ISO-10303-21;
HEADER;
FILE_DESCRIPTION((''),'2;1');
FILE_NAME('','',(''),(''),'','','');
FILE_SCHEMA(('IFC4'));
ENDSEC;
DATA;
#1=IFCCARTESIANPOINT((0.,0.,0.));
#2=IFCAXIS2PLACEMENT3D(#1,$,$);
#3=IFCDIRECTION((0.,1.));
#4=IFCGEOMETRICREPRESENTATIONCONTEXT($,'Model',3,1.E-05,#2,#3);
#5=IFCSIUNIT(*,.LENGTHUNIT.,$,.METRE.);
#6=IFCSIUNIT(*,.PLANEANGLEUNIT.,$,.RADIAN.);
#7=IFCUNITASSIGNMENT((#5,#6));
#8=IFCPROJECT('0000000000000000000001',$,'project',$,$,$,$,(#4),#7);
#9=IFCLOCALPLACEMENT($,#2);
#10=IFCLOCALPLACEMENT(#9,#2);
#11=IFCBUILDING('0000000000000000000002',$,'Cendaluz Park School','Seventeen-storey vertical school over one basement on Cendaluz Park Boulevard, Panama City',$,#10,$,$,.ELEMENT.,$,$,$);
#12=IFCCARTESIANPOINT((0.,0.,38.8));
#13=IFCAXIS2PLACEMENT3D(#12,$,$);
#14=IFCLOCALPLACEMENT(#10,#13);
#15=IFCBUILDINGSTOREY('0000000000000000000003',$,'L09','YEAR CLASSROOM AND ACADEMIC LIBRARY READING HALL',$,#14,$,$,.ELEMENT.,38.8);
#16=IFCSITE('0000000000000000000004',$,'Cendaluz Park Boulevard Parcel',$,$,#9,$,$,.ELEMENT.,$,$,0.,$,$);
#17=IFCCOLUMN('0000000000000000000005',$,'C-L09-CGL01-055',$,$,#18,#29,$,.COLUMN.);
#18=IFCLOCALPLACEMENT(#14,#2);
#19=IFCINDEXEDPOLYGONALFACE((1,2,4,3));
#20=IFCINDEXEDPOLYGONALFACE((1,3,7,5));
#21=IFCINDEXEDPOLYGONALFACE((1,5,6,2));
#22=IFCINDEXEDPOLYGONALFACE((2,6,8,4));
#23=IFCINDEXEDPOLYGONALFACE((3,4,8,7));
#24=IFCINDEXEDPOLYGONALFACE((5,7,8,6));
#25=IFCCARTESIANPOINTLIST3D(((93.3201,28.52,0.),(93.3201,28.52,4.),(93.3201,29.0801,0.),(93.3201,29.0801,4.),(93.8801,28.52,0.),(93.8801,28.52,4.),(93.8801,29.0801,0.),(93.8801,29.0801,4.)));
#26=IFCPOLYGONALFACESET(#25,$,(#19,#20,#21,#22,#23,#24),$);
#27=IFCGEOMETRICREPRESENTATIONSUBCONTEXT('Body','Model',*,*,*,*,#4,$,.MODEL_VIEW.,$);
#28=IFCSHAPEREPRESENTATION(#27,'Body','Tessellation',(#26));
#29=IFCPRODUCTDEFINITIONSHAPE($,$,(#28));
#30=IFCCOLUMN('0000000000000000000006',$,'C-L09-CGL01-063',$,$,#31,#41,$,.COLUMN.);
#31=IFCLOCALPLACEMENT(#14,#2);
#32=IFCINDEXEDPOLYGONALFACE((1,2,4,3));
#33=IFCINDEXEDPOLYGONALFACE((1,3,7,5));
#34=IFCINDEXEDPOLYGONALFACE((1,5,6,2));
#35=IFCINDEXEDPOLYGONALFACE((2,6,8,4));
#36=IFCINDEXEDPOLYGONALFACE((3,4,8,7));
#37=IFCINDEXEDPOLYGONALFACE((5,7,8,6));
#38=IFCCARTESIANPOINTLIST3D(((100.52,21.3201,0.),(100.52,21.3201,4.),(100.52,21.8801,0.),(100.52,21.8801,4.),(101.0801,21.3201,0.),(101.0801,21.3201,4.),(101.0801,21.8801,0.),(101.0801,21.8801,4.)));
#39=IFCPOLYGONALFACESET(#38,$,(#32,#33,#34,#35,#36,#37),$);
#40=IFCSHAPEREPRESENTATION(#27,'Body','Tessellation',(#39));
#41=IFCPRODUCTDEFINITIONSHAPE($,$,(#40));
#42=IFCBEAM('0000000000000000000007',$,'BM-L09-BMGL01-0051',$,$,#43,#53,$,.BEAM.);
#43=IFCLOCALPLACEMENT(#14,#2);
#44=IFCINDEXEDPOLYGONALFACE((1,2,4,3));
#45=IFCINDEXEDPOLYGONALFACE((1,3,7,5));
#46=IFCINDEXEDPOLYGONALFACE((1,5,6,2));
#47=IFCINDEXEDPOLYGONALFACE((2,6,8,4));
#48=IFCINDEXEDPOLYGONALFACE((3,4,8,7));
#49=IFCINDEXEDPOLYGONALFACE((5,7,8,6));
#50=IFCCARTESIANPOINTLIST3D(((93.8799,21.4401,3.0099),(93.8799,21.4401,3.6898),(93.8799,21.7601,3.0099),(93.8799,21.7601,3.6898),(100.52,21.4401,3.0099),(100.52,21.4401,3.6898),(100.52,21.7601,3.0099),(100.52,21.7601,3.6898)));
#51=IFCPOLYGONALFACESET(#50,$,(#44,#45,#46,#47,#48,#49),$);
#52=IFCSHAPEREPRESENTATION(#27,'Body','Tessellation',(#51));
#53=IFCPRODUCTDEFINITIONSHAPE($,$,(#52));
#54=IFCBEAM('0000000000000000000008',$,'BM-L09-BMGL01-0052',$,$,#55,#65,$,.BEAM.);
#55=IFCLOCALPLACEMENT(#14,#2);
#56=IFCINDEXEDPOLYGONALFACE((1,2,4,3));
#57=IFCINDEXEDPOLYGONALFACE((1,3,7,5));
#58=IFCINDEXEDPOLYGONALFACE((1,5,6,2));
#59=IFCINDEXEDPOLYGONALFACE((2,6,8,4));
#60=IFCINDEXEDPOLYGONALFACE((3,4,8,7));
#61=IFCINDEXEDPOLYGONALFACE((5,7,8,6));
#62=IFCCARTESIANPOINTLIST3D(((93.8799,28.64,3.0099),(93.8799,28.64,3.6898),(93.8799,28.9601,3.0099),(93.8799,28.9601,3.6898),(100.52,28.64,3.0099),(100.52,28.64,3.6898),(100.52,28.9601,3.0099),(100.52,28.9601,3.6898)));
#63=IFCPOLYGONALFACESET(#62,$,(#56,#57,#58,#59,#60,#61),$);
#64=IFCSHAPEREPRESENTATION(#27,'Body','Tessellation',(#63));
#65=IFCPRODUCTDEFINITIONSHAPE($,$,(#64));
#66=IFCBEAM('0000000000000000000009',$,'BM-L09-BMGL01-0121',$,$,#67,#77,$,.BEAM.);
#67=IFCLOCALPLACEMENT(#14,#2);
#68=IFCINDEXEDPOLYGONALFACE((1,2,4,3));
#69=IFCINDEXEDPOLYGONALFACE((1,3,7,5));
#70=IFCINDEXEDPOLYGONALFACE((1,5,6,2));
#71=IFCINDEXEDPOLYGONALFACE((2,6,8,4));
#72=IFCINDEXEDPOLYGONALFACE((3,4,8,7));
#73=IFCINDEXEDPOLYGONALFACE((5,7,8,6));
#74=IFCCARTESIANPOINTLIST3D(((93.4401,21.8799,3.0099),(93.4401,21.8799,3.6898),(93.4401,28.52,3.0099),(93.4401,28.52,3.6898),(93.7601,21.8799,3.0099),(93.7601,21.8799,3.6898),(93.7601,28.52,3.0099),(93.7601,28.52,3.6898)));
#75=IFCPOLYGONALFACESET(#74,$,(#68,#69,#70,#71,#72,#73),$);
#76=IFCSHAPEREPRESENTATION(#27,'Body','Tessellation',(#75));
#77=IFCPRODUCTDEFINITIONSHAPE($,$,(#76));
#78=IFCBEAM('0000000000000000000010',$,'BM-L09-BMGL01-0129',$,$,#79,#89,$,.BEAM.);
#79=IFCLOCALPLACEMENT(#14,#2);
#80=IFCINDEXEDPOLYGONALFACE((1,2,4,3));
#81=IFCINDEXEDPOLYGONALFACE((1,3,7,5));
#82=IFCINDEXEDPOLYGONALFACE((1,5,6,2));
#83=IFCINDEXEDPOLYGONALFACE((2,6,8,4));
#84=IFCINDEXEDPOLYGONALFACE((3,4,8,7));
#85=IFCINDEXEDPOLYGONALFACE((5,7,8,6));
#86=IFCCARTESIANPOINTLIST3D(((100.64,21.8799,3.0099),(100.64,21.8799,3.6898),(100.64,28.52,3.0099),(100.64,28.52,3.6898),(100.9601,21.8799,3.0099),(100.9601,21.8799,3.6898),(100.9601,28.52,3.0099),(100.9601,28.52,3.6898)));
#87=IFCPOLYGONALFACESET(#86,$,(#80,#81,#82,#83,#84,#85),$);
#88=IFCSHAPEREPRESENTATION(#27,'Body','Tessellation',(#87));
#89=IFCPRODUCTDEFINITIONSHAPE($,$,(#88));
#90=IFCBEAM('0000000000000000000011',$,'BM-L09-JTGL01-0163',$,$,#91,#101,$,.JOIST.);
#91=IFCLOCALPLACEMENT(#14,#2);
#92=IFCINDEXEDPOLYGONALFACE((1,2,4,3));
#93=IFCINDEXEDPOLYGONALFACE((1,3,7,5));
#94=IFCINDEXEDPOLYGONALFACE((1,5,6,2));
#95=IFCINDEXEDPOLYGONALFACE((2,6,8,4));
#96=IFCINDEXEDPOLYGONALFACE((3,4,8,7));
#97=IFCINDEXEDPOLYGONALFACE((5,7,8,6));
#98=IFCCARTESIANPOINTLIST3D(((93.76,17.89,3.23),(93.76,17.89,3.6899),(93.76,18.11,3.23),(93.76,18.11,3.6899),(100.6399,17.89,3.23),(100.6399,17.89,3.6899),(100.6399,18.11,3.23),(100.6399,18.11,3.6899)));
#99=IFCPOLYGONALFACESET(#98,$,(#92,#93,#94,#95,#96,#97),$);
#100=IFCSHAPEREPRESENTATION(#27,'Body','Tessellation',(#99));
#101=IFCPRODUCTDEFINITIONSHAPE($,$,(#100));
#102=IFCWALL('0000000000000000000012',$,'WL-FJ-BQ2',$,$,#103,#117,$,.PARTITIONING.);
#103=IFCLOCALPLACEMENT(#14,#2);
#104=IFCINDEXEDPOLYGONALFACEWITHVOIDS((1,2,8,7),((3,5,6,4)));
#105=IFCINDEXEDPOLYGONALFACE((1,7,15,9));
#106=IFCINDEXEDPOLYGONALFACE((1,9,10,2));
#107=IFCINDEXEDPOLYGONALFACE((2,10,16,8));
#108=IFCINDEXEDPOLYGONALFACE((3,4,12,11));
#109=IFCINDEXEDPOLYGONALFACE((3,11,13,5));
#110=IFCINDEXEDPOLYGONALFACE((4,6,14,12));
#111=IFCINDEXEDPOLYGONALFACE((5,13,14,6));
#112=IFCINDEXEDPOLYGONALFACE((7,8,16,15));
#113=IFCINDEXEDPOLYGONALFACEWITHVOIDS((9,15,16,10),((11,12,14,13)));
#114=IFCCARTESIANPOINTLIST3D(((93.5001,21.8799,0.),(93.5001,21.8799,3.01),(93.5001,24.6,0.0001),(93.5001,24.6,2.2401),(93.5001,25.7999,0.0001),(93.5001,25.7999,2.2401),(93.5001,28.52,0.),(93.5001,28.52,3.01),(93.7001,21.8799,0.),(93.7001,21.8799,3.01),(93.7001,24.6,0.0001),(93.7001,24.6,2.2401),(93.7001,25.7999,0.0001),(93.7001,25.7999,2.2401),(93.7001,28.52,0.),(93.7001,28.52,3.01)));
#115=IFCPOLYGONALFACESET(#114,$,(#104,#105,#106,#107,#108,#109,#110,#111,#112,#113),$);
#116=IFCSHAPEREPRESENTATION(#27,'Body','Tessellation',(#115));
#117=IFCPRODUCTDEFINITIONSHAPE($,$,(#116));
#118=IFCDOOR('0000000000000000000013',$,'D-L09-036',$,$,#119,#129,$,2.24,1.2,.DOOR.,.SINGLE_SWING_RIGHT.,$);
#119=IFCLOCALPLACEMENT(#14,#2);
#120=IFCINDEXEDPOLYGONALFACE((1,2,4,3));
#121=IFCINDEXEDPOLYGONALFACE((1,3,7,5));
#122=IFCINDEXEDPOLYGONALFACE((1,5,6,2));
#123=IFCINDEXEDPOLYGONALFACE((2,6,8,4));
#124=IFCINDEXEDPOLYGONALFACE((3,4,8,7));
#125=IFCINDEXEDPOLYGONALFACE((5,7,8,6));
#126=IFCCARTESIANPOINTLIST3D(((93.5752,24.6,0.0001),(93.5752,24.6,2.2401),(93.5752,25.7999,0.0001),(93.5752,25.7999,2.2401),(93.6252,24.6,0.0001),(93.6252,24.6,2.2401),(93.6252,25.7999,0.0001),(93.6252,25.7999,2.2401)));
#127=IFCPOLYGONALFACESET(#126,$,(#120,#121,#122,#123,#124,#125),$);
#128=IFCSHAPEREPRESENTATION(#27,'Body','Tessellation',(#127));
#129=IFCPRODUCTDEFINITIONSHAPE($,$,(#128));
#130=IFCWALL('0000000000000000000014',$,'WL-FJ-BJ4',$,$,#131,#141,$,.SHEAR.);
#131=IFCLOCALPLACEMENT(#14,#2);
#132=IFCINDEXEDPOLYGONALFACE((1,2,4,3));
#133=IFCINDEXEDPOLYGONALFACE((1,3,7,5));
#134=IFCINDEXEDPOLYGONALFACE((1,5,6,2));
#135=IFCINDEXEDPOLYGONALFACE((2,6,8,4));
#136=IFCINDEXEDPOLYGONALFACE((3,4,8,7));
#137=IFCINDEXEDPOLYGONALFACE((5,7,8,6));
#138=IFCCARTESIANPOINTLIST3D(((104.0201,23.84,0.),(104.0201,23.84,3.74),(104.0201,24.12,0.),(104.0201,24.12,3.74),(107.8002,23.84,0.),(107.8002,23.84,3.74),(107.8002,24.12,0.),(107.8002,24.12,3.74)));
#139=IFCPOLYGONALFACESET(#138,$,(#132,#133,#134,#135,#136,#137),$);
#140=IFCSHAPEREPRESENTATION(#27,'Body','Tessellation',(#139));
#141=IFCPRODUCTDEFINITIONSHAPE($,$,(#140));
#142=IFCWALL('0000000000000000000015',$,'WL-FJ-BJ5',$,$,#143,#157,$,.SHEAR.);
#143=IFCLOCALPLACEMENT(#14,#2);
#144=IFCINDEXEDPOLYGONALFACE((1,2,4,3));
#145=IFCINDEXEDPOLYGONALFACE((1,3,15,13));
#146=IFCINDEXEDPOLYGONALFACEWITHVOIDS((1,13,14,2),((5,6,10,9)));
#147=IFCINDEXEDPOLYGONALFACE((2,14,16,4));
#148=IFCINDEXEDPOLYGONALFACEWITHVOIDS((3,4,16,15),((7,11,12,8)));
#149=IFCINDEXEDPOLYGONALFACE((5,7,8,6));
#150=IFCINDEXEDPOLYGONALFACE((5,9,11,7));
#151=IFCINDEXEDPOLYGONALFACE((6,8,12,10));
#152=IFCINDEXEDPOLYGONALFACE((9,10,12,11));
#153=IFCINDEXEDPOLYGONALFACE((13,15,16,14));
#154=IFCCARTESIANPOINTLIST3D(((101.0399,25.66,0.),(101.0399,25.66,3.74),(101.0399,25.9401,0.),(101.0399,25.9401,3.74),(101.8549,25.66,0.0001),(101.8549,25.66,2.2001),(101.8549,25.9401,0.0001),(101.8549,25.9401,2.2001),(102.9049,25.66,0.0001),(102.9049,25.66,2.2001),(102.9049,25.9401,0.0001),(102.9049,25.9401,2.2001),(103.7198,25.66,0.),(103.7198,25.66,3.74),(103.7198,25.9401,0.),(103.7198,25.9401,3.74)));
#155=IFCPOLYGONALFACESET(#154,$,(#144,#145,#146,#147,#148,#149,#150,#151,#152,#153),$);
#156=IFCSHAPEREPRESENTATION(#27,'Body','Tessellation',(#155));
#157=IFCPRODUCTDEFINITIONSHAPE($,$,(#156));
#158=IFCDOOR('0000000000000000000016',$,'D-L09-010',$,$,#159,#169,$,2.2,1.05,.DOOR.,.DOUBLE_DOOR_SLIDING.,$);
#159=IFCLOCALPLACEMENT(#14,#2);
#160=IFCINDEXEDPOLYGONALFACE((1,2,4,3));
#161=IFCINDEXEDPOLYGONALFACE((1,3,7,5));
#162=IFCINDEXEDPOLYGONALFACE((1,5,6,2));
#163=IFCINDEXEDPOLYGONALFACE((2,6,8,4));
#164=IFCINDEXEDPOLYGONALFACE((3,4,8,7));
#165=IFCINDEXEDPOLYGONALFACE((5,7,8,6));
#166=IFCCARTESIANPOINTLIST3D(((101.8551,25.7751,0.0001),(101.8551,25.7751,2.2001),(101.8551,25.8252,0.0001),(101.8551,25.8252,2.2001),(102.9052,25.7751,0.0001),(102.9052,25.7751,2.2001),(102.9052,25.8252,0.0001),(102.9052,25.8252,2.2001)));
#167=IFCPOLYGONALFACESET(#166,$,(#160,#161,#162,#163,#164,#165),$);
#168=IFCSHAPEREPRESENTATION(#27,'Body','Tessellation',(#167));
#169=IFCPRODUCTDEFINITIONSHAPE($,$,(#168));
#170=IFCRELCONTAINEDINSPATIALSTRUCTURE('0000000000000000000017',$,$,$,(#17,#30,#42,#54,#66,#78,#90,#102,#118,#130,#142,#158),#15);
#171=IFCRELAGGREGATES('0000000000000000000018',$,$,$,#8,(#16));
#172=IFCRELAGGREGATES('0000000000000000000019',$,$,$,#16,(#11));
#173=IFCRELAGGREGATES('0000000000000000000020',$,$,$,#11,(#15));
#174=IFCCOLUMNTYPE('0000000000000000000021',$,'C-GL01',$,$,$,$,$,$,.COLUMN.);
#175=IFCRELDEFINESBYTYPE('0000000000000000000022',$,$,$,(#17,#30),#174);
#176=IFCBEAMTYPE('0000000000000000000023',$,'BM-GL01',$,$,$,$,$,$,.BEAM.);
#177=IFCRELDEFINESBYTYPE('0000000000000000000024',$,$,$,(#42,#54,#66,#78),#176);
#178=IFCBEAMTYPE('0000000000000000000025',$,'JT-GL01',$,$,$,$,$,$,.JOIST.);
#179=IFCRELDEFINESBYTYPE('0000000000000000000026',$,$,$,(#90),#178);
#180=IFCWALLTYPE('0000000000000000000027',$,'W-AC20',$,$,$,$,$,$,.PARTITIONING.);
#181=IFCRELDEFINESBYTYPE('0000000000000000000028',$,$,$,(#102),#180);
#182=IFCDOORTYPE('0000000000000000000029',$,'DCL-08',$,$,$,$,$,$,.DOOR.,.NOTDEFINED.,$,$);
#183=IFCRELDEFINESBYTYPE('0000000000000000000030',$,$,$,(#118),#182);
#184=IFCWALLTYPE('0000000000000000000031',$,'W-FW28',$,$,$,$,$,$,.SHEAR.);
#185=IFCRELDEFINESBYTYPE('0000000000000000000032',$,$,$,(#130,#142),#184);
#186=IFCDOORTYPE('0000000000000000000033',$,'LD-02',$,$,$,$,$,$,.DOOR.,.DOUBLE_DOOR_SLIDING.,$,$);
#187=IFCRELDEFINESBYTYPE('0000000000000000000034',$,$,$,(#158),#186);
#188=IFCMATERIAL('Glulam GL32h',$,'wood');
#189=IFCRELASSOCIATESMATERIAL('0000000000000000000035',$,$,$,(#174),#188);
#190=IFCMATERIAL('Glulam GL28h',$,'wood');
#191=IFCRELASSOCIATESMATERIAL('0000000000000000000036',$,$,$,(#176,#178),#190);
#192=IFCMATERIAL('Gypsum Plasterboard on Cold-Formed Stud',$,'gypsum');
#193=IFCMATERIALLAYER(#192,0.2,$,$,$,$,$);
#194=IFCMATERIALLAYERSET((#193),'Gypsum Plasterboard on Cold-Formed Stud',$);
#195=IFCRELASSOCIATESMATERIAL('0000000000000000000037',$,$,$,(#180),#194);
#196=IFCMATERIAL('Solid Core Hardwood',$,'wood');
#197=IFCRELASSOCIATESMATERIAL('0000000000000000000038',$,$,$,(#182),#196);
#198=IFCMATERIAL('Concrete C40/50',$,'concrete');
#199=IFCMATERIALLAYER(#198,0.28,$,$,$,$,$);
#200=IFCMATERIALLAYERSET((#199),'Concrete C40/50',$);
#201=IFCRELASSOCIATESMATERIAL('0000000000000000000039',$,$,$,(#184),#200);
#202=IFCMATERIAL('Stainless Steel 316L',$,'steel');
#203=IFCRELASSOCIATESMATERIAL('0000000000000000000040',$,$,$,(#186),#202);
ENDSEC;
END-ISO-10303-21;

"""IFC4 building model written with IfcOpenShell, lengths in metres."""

from ifc_helpers import new_model, si_unit, direction, frame, frame_2d, origin, origin_2d, place, context, subcontext, project, spatial, rectangle, extrude, material, layer, layer_set, material_profile, profile_set, type_object, element, fill, save


model = new_model("IFC4")

# Units and contexts
model_context = context("Model", 3, precision=1e-05, world=origin(), true_north=direction((0.0, 1.0)))
body_context = subcontext(model_context, "Body", "Model", "MODEL_VIEW")
ifc_project = project(units=[si_unit("LENGTHUNIT", "METRE"), si_unit("PLANEANGLEUNIT", "RADIAN")], contexts=[model_context])

# Site, building, storey
site_placement = place(None, origin())
site = spatial("IfcSite", under=ifc_project, at=site_placement, Name="Cendaluz Park Boulevard Parcel", CompositionType="ELEMENT", RefElevation=0.0)
building_placement = place(site_placement, origin())
building = spatial("IfcBuilding", under=site, at=building_placement, Name="Cendaluz Park School", Description="Seventeen-storey vertical school over one basement on Cendaluz Park Boulevard, Panama City", CompositionType="ELEMENT")
storey_placement = place(building_placement, frame((0.0, 0.0, 38.8)))
storey = spatial("IfcBuildingStorey", under=building, at=storey_placement, Name="L09", Description="YEAR CLASSROOM AND ACADEMIC LIBRARY READING HALL", CompositionType="ELEMENT", Elevation=38.8)

# Columns
ifc_material_1 = material(Name="Glulam GL32h", Category="wood")
ifc_material_profile_1 = material_profile(ifc_material_1, rectangle(XDim=0.5601, YDim=0.5601, at=origin_2d()), Name="GL32h 560x560", Category="wood")
ifc_profile_set_1 = profile_set([ifc_material_profile_1], Name="Glulam GL32h")
column_type = type_object("IfcColumnType", Name="C-GL01", PredefinedType="COLUMN", material=ifc_profile_set_1)
for number, where, z_axis, x_axis, name in (
    (1, (93.6001, 28.8, 0.0), (0.0, 0.0, 1.0), (1.0, 0.0, 0.0), "C-L09-CGL01-055"),
    (2, (100.8, 21.6001, 0.0), (0.0, 0.0, 1.0), (1.0, 0.0, 0.0), "C-L09-CGL01-063"),
):
    element("IfcColumn", number, at=place(storey_placement, frame(where, z_axis=z_axis, x_axis=x_axis)), inside=storey, type_object=column_type, Name=name, PredefinedType="COLUMN", context=body_context, shape_type="SweptSolid", body=[
        extrude(rectangle(XDim=0.5601, YDim=0.5601, at=origin_2d()), origin(), (0.0, 0.0, 1.0), 4.0),
    ])

# Beams
ifc_material_2 = material(Name="Glulam GL28h", Category="wood")
ifc_material_profile_2 = material_profile(ifc_material_2, rectangle(XDim=0.3201, YDim=0.6799, at=origin_2d()), Name="GL28h 320x680", Category="wood")
ifc_profile_set_2 = profile_set([ifc_material_profile_2], Name="Glulam GL28h")
beam_type_1 = type_object("IfcBeamType", Name="BM-GL01", PredefinedType="BEAM", material=ifc_profile_set_2)
for number, where, z_axis, x_axis, name in (
    (3, (93.8799, 21.6001, 3.3499), (1.0, 0.0, 0.0), (0.0, 1.0, 0.0), "BM-L09-BMGL01-0051"),
    (4, (93.8799, 28.8, 3.3499), (1.0, 0.0, 0.0), (0.0, 1.0, 0.0), "BM-L09-BMGL01-0052"),
    (5, (93.6001, 21.8799, 3.3499), (0.0, 1.0, 0.0), (-1.0, 0.0, 0.0), "BM-L09-BMGL01-0121"),
    (6, (100.8, 21.8799, 3.3499), (0.0, 1.0, 0.0), (-1.0, 0.0, 0.0), "BM-L09-BMGL01-0129"),
):
    element("IfcBeam", number, at=place(storey_placement, frame(where, z_axis=z_axis, x_axis=x_axis)), inside=storey, type_object=beam_type_1, Name=name, PredefinedType="BEAM", context=body_context, shape_type="SweptSolid", body=[
        extrude(rectangle(XDim=0.3201, YDim=0.6799, at=origin_2d()), origin(), (0.0, 0.0, 1.0), 6.6401),
    ])
ifc_material_profile_3 = material_profile(ifc_material_2, rectangle(XDim=0.22, YDim=0.46, at=origin_2d()), Name="GL28h 220x460", Category="wood")
ifc_profile_set_3 = profile_set([ifc_material_profile_3], Name="Glulam GL28h")
beam_type_2 = type_object("IfcBeamType", Name="JT-GL01", PredefinedType="JOIST", material=ifc_profile_set_3)
beam_placement = place(storey_placement, frame((93.76, 18.0, 3.46), z_axis=(1.0, 0.0, 0.0), x_axis=(0.0, 1.0, 0.0)))
element("IfcBeam", 7, at=beam_placement, inside=storey, type_object=beam_type_2, Name="BM-L09-JTGL01-0163", PredefinedType="JOIST", context=body_context, shape_type="SweptSolid", body=[
    extrude(rectangle(XDim=0.22, YDim=0.46, at=origin_2d()), origin(), (0.0, 0.0, 1.0), 6.8799),
])

# Wall, opening, door
ifc_material_3 = material(Name="Gypsum Plasterboard on Cold-Formed Stud", Category="gypsum")
ifc_layer_1 = layer(ifc_material_3, 0.2)
ifc_layer_set_1 = layer_set([ifc_layer_1], Name="Gypsum Plasterboard on Cold-Formed Stud")
wall_type_1 = type_object("IfcWallType", Name="W-AC20", PredefinedType="PARTITIONING", material=ifc_layer_set_1)
wall_1_placement = place(storey_placement, frame((93.6001, 21.8799, 0.0), z_axis=(0.0, 0.0, 1.0), x_axis=(0.0, 1.0, 0.0)))
wall_1 = element("IfcWall", 8, at=wall_1_placement, inside=storey, type_object=wall_type_1, Name="WL-FJ-BQ2", PredefinedType="PARTITIONING", context=body_context, shape_type="SweptSolid", body=[
    extrude(rectangle(XDim=6.6401, YDim=0.2, at=frame_2d((3.3201, 0.0))), origin(), (0.0, 0.0, 1.0), 3.01),
])
opening_1_placement = place(wall_1_placement, frame((2.72, 0.0, 0.0)))
opening_1 = element("IfcOpeningElement", 9, at=opening_1_placement, cuts=wall_1, PredefinedType="OPENING", context=body_context, shape_type="SweptSolid", body=[
    extrude(rectangle(XDim=1.2, YDim=2.24, at=frame_2d((0.6001, 1.1201))), frame((0.0, 0.1121, 0.0), z_axis=(0.0, -1.0, 0.0), x_axis=(1.0, 0.0, 0.0)), (0.0, 0.0, 1.0), 0.2239),
])
ifc_material_4 = material(Name="Solid Core Hardwood", Category="wood")
door_type_1 = type_object("IfcDoorType", Name="DCL-08", OperationType="NOTDEFINED", PredefinedType="DOOR", material=ifc_material_4)
door_1_placement = place(opening_1_placement, origin())
door_1 = element("IfcDoor", 10, at=door_1_placement, inside=storey, type_object=door_type_1, Name="D-L09-036", OperationType="SINGLE_SWING_RIGHT", OverallHeight=2.24, OverallWidth=1.2, PredefinedType="DOOR", context=body_context, shape_type="SweptSolid", body=[
    extrude(rectangle(XDim=1.2, YDim=2.24, at=frame_2d((0.6001, 1.1201))), frame((0.0, 0.0249, 0.0), z_axis=(0.0, -1.0, 0.0), x_axis=(1.0, 0.0, 0.0)), (0.0, 0.0, 1.0), 0.05),
])
fill(opening_1, door_1)

# Wall
ifc_material_5 = material(Name="Concrete C40/50", Category="concrete")
ifc_layer_2 = layer(ifc_material_5, 0.28)
ifc_layer_set_2 = layer_set([ifc_layer_2], Name="Concrete C40/50")
wall_type_2 = type_object("IfcWallType", Name="W-FW28", PredefinedType="SHEAR", material=ifc_layer_set_2)
wall_2_placement = place(storey_placement, frame((104.02, 23.98, 0.0), z_axis=(0.0, 0.0, 1.0), x_axis=(1.0, 0.0, 0.0)))
element("IfcWall", 11, at=wall_2_placement, inside=storey, type_object=wall_type_2, Name="WL-FJ-BJ4", PredefinedType="SHEAR", context=body_context, shape_type="SweptSolid", body=[
    extrude(rectangle(XDim=3.78, YDim=0.28, at=frame_2d((1.8901, 0.0))), origin(), (0.0, 0.0, 1.0), 3.74),
])

# Wall, opening, door
wall_3_placement = place(storey_placement, frame((101.04, 25.8, 0.0), z_axis=(0.0, 0.0, 1.0), x_axis=(1.0, 0.0, 0.0)))
wall_3 = element("IfcWall", 12, at=wall_3_placement, inside=storey, type_object=wall_type_2, Name="WL-FJ-BJ5", PredefinedType="SHEAR", context=body_context, shape_type="SweptSolid", body=[
    extrude(rectangle(XDim=2.6799, YDim=0.28, at=frame_2d((1.3398, 0.0))), origin(), (0.0, 0.0, 1.0), 3.74),
])
opening_2_placement = place(wall_3_placement, frame((0.8149, 0.0, 0.0)))
opening_2 = element("IfcOpeningElement", 13, at=opening_2_placement, cuts=wall_3, PredefinedType="OPENING", context=body_context, shape_type="SweptSolid", body=[
    extrude(rectangle(XDim=1.05, YDim=2.2, at=frame_2d((0.5249, 1.1001))), frame((0.0, 0.1521, 0.0), z_axis=(0.0, -1.0, 0.0), x_axis=(1.0, 0.0, 0.0)), (0.0, 0.0, 1.0), 0.304),
])
ifc_material_6 = material(Name="Stainless Steel 316L", Category="steel")
door_type_2 = type_object("IfcDoorType", Name="LD-02", OperationType="DOUBLE_DOOR_SLIDING", PredefinedType="DOOR", material=ifc_material_6)
door_2_placement = place(opening_2_placement, frame((1.05, 0.0, 0.0), z_axis=(0.0, 0.0, 1.0), x_axis=(-1.0, 0.0, 0.0)))
door_2 = element("IfcDoor", 14, at=door_2_placement, inside=storey, type_object=door_type_2, Name="D-L09-010", OperationType="DOUBLE_DOOR_SLIDING", OverallHeight=2.2, OverallWidth=1.05, PredefinedType="DOOR", context=body_context, shape_type="SweptSolid", body=[
    extrude(rectangle(XDim=1.05, YDim=2.2, at=frame_2d((0.5249, 1.1001))), frame((0.0, 0.0249, 0.0), z_axis=(0.0, -1.0, 0.0), x_axis=(1.0, 0.0, 0.0)), (0.0, 0.0, 1.0), 0.05),
])
fill(opening_2, door_2)

save(model, "model.ifc")
